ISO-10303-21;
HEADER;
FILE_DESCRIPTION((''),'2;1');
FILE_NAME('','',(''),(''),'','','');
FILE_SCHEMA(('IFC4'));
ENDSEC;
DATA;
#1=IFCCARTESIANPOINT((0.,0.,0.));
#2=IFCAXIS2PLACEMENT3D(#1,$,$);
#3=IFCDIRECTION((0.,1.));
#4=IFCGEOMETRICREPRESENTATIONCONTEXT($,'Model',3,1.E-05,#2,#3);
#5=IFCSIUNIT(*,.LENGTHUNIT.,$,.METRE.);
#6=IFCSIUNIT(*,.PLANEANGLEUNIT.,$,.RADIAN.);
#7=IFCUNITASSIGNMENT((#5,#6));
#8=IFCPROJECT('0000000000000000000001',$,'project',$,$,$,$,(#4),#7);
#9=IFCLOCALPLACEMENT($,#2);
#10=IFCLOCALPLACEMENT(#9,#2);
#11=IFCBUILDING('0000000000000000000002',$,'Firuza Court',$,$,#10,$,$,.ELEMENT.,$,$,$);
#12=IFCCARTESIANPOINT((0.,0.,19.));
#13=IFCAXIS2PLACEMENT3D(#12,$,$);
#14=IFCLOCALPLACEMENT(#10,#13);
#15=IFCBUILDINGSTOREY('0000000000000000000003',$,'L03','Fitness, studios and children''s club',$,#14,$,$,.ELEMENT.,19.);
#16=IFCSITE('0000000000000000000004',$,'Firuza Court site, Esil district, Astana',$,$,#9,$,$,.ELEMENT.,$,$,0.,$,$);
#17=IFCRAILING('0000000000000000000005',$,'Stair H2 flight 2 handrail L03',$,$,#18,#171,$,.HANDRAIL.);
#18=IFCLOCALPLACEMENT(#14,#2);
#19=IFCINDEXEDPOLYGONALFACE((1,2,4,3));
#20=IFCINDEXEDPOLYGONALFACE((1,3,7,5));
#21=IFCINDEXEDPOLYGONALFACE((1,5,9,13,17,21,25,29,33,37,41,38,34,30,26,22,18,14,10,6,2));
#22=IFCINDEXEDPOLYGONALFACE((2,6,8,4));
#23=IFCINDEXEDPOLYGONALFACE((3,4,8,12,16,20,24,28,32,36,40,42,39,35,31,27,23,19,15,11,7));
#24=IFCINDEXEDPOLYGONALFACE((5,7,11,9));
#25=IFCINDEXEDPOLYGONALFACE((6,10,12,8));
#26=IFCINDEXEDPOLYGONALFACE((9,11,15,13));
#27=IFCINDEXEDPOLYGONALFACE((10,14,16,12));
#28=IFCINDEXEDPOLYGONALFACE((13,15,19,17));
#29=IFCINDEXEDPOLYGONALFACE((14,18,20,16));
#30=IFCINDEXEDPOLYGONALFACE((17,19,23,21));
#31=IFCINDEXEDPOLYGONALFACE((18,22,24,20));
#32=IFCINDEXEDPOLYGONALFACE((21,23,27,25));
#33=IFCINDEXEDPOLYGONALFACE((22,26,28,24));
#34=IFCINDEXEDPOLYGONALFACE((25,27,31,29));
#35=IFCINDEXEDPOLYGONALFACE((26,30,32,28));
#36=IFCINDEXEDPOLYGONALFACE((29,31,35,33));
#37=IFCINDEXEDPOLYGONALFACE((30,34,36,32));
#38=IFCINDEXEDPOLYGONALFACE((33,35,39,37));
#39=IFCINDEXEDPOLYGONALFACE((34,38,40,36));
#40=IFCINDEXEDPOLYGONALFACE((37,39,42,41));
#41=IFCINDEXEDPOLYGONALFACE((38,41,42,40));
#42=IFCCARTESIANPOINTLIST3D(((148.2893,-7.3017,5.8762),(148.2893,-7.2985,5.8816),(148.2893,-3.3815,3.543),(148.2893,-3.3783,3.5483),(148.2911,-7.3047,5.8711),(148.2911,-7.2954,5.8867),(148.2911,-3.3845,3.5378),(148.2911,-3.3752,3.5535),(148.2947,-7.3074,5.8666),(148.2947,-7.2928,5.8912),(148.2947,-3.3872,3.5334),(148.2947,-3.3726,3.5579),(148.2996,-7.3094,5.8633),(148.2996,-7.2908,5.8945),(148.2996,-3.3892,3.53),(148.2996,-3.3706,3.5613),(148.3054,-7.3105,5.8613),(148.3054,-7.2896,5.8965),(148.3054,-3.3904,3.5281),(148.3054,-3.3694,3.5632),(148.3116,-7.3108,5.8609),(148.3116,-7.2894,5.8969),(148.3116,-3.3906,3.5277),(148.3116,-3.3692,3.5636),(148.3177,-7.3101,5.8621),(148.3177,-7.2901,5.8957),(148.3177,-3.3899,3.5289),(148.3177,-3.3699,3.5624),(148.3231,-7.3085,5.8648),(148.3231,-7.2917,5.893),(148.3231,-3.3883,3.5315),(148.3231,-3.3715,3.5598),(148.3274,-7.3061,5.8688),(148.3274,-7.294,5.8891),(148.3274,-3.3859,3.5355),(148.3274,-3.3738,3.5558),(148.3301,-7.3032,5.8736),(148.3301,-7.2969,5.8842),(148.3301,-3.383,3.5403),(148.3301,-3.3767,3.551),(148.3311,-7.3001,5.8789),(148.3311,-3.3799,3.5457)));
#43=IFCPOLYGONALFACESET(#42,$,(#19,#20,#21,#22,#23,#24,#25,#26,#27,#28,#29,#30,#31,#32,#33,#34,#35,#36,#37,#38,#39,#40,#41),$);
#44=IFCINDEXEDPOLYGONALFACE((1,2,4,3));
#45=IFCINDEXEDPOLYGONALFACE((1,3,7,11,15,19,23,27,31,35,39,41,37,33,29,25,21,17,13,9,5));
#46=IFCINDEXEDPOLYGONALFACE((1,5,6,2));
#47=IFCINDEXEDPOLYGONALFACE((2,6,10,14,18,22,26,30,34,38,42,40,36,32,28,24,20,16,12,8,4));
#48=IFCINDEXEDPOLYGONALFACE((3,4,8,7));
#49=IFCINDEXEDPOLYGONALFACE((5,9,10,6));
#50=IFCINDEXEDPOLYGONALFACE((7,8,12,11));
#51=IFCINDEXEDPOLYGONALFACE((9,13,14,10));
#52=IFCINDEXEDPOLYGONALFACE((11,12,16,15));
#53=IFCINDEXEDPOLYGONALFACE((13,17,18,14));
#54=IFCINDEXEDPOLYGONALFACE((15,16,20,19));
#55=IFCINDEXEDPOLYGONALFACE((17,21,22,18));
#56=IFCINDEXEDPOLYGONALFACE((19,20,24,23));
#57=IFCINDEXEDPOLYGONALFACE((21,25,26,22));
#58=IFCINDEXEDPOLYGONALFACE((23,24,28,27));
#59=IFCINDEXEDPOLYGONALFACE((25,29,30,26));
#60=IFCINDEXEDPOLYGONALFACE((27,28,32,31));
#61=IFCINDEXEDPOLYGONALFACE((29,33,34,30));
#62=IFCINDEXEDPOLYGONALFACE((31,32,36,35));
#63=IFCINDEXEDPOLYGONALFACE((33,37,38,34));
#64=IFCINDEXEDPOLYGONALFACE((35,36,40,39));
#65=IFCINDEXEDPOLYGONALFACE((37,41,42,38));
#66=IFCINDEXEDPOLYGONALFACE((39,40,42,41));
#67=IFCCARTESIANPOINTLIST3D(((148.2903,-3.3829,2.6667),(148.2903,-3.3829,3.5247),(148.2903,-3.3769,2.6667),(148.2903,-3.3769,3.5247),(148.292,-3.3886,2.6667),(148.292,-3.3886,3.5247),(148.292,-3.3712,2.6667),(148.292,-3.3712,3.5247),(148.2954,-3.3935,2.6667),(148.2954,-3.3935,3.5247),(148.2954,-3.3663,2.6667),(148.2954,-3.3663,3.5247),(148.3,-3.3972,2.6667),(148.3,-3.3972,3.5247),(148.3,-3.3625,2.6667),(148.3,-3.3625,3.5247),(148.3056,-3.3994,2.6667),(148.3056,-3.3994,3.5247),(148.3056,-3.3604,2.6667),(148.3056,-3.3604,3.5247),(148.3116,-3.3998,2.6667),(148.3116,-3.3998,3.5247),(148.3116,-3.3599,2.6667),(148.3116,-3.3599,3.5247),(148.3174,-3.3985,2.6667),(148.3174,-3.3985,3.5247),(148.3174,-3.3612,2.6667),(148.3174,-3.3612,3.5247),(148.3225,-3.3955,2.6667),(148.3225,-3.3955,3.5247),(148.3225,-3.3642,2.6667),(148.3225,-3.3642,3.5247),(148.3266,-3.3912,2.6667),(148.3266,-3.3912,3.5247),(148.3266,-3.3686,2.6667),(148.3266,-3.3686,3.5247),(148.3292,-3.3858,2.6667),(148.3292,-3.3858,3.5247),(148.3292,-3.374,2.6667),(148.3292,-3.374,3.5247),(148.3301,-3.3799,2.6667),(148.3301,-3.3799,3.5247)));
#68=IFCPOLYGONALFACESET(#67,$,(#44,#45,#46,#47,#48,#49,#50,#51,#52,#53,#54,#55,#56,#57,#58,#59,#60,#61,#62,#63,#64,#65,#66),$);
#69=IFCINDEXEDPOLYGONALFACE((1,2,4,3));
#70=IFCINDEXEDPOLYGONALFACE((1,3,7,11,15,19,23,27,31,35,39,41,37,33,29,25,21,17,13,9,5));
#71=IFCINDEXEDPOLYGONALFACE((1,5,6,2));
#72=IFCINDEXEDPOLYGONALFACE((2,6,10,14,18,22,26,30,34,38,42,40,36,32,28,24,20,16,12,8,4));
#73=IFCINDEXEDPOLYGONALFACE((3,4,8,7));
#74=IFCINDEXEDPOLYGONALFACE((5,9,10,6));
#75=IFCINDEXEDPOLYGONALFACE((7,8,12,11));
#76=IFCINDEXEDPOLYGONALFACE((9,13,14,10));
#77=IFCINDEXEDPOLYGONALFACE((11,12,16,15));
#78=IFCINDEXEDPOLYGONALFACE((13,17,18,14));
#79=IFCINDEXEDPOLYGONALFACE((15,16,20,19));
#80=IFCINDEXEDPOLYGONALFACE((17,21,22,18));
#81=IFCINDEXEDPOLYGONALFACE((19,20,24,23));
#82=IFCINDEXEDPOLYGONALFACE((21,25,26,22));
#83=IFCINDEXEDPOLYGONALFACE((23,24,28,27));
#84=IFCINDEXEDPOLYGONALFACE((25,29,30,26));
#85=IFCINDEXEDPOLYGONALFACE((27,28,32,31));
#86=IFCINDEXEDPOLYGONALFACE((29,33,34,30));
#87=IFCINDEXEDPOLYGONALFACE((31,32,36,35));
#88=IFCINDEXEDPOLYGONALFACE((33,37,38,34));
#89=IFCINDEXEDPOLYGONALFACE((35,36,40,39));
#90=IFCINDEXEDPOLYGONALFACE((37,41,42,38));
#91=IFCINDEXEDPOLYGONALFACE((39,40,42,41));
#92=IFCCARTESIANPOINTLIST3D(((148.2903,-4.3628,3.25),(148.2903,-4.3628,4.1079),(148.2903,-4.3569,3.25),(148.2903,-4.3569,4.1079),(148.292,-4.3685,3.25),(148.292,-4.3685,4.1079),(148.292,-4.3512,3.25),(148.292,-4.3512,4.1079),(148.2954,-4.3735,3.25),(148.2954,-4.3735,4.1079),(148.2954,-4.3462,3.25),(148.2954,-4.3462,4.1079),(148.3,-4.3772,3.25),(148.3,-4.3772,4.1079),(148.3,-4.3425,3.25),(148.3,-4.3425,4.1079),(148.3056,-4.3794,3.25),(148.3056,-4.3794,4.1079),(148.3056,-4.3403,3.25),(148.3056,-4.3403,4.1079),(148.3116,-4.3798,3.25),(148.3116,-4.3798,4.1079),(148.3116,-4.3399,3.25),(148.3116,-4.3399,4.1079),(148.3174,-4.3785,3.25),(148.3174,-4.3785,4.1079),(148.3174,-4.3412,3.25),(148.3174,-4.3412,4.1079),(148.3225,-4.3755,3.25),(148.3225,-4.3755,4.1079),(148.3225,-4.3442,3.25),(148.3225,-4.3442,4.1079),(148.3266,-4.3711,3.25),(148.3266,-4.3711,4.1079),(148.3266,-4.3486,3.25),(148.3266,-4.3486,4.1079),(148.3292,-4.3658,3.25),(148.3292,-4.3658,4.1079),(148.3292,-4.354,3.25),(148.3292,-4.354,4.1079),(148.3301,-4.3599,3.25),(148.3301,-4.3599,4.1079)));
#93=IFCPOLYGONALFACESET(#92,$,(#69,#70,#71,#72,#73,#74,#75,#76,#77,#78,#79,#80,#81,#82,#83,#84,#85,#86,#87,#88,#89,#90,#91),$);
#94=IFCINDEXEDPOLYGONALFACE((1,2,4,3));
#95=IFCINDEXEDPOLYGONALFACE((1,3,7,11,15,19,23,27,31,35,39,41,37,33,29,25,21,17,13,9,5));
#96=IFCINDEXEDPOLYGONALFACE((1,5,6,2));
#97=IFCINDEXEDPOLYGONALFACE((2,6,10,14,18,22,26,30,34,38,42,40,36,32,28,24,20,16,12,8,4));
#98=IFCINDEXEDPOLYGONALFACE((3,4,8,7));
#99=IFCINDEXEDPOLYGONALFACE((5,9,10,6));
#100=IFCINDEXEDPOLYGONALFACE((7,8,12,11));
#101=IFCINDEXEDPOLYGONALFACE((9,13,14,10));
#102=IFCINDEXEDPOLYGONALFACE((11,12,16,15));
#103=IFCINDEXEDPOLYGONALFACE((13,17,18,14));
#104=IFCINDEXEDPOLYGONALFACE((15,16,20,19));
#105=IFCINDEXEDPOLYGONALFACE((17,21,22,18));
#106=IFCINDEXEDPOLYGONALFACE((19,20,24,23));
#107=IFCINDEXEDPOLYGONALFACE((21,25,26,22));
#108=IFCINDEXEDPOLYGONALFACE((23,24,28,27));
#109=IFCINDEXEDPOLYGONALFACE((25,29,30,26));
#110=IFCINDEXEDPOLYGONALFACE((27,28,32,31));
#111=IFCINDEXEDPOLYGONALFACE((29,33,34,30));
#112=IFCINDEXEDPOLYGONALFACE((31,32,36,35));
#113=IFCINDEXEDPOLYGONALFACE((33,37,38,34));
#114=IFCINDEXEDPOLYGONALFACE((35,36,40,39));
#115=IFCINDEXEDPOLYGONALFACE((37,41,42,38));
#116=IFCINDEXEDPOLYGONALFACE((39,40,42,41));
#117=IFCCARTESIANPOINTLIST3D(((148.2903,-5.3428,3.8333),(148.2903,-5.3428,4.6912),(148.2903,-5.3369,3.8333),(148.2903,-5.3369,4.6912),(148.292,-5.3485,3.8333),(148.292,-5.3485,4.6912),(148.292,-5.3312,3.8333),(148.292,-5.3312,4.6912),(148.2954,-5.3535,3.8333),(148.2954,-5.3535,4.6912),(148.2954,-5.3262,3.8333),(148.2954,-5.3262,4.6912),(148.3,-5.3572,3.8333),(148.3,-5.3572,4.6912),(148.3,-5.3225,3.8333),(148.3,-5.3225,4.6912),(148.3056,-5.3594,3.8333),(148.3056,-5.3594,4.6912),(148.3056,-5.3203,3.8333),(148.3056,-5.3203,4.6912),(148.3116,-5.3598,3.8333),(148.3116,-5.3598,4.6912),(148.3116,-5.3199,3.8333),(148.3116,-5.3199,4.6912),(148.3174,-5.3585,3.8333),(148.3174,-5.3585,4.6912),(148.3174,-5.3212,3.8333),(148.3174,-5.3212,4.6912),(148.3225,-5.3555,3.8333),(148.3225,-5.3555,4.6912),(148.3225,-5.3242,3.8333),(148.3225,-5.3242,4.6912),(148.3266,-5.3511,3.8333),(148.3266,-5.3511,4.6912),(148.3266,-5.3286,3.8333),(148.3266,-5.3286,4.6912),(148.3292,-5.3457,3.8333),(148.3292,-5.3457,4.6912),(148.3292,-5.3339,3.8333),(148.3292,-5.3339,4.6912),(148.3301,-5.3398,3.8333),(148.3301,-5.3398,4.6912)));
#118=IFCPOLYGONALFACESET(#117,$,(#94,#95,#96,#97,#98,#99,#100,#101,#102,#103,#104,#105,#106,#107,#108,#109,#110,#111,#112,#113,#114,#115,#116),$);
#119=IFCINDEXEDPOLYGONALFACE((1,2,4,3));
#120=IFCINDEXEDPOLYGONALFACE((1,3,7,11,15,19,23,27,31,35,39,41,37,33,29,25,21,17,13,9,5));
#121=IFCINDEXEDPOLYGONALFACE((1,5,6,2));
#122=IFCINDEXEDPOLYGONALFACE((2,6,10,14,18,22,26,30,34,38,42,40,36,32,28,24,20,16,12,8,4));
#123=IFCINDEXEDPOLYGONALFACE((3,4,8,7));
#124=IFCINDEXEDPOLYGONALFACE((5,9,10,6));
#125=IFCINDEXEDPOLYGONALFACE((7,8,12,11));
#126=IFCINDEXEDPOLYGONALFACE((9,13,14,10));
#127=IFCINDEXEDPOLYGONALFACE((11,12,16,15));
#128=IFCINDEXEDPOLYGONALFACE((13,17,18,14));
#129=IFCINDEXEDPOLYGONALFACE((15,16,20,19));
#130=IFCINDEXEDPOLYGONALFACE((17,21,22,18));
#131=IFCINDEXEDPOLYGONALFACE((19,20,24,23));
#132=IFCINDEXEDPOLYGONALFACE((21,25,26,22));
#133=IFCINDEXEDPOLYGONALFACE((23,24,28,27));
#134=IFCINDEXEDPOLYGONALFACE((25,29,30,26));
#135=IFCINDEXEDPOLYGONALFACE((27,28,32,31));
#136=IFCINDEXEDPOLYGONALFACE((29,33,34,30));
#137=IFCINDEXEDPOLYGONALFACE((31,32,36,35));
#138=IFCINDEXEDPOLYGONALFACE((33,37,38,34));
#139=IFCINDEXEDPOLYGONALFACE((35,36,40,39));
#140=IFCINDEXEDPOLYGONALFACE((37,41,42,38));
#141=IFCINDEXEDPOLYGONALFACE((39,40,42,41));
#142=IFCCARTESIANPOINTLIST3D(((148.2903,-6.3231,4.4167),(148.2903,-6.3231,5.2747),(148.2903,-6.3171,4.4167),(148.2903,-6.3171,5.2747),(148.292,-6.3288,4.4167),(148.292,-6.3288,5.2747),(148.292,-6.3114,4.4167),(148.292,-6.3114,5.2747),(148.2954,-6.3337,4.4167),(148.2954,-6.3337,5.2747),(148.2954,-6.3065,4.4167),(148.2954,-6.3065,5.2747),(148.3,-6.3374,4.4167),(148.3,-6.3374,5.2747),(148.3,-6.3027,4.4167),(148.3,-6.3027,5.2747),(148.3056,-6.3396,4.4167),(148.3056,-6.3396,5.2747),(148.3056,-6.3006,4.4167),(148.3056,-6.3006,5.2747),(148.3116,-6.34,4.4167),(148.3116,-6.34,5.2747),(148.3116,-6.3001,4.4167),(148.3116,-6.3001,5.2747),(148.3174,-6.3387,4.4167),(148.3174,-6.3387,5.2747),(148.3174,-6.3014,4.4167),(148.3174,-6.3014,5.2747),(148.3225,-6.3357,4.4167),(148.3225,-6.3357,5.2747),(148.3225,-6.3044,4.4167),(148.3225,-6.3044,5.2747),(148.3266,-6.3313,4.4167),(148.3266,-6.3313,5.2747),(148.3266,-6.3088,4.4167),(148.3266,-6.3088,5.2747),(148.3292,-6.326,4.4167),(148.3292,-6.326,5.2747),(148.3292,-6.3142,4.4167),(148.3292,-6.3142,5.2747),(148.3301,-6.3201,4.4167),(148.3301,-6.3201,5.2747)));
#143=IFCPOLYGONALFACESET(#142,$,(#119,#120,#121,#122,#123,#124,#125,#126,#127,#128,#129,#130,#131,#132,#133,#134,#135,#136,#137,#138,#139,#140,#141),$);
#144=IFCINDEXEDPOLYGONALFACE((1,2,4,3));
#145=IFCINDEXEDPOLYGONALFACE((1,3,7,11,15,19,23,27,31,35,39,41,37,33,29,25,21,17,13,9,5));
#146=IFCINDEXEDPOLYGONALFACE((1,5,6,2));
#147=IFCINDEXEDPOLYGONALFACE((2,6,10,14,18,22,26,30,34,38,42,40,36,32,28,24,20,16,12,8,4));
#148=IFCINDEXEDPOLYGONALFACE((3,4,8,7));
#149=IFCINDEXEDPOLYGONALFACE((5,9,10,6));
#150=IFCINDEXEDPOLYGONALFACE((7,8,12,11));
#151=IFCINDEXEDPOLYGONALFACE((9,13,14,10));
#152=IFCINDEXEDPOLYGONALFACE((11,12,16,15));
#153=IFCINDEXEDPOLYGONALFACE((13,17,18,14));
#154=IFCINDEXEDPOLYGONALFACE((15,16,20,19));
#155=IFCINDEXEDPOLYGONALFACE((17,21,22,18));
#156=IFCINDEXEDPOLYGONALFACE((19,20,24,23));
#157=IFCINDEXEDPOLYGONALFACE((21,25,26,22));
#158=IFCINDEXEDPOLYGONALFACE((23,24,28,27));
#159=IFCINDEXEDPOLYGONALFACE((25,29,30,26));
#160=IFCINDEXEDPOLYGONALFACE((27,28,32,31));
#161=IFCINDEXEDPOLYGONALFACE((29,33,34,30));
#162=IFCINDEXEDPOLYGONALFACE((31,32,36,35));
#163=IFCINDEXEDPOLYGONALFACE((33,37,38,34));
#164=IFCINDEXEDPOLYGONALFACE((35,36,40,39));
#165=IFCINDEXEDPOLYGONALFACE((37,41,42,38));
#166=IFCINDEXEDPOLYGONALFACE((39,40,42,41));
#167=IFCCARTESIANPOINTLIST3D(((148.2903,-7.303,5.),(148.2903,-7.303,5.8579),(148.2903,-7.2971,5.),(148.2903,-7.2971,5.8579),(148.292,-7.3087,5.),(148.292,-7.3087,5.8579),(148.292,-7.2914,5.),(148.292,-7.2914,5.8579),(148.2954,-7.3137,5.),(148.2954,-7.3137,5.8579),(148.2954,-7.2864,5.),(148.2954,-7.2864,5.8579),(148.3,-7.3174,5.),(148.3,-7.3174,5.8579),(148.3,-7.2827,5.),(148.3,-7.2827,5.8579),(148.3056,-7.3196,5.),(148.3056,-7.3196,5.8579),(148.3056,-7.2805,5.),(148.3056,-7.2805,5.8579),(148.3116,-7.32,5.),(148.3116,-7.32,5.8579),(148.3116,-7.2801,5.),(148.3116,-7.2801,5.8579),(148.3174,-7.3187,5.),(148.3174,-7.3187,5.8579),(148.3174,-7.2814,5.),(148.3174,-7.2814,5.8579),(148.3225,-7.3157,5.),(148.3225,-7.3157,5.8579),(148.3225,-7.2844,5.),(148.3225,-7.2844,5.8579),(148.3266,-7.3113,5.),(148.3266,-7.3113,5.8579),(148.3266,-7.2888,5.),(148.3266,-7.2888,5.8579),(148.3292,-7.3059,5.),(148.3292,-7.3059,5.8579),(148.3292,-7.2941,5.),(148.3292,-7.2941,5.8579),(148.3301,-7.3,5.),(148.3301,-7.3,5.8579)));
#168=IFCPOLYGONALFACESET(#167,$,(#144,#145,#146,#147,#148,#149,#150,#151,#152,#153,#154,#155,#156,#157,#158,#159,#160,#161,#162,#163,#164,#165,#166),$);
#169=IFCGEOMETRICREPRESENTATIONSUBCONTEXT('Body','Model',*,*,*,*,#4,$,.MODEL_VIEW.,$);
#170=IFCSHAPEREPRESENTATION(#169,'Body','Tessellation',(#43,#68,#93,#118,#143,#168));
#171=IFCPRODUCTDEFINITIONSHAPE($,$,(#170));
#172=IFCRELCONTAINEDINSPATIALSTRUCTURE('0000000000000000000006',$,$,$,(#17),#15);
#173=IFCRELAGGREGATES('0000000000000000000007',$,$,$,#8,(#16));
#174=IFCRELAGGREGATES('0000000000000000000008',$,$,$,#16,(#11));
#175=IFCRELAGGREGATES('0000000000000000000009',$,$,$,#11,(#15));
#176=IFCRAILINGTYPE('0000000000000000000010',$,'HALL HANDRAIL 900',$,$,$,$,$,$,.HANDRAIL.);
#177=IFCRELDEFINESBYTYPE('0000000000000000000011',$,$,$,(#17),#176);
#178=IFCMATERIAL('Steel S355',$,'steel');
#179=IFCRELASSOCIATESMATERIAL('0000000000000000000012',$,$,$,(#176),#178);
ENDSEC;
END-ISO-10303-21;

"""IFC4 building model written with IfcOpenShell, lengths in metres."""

from ifc_helpers import new_model, si_unit, direction, frame, origin, origin_2d, place, context, subcontext, project, spatial, circle, extrude, material, type_object, element, save


model = new_model("IFC4")

# Units and contexts
model_context = context("Model", 3, precision=1e-05, world=origin(), true_north=direction((0.0, 1.0)))
body_context = subcontext(model_context, "Body", "Model", "MODEL_VIEW")
ifc_project = project(units=[si_unit("LENGTHUNIT", "METRE"), si_unit("PLANEANGLEUNIT", "RADIAN")], contexts=[model_context])

# Site, building, storey
site_placement = place(None, origin())
site = spatial("IfcSite", under=ifc_project, at=site_placement, Name="Firuza Court site, Esil district, Astana", CompositionType="ELEMENT", RefElevation=0.0)
building_placement = place(site_placement, origin())
building = spatial("IfcBuilding", under=site, at=building_placement, Name="Firuza Court", CompositionType="ELEMENT")
storey_placement = place(building_placement, frame((0.0, 0.0, 19.0)))
storey = spatial("IfcBuildingStorey", under=building, at=storey_placement, Name="L03", Description="Fitness, studios and children's club", CompositionType="ELEMENT", Elevation=19.0)

# Railing
ifc_material_1 = material(Name="Steel S355", Category="steel")
railing_type_1 = type_object("IfcRailingType", Name="HALL HANDRAIL 900", PredefinedType="HANDRAIL", material=ifc_material_1)
railing_1_placement = place(storey_placement, frame((148.3101, -3.3799, 2.6667)))
element("IfcRailing", 1, at=railing_1_placement, inside=storey, type_object=railing_type_1, Name="Stair H2 flight 2 handrail L03", PredefinedType="HANDRAIL", context=body_context, shape_type="SweptSolid", body=[
    extrude(circle(Radius=0.021, at=origin_2d()), frame((0.0, 0.0, 0.8789), z_axis=(0.0, -0.85931, 0.511455), x_axis=(1.0, 0.0, 0.0)), (0.0, 0.0, 1.0), 4.562),
    extrude(circle(Radius=0.02, at=origin_2d()), origin(), (0.0, 0.0, 1.0), 0.8579),
    extrude(circle(Radius=0.02, at=origin_2d()), frame((0.0, -0.98, 0.5833)), (0.0, 0.0, 1.0), 0.8579),
    extrude(circle(Radius=0.02, at=origin_2d()), frame((0.0, -1.96, 1.1665)), (0.0, 0.0, 1.0), 0.8579),
    extrude(circle(Radius=0.02, at=origin_2d()), frame((0.0, -2.9402, 1.75)), (0.0, 0.0, 1.0), 0.8579),
    extrude(circle(Radius=0.02, at=origin_2d()), frame((0.0, -3.9202, 2.3333)), (0.0, 0.0, 1.0), 0.8579),
])

save(model, "model.ifc")
